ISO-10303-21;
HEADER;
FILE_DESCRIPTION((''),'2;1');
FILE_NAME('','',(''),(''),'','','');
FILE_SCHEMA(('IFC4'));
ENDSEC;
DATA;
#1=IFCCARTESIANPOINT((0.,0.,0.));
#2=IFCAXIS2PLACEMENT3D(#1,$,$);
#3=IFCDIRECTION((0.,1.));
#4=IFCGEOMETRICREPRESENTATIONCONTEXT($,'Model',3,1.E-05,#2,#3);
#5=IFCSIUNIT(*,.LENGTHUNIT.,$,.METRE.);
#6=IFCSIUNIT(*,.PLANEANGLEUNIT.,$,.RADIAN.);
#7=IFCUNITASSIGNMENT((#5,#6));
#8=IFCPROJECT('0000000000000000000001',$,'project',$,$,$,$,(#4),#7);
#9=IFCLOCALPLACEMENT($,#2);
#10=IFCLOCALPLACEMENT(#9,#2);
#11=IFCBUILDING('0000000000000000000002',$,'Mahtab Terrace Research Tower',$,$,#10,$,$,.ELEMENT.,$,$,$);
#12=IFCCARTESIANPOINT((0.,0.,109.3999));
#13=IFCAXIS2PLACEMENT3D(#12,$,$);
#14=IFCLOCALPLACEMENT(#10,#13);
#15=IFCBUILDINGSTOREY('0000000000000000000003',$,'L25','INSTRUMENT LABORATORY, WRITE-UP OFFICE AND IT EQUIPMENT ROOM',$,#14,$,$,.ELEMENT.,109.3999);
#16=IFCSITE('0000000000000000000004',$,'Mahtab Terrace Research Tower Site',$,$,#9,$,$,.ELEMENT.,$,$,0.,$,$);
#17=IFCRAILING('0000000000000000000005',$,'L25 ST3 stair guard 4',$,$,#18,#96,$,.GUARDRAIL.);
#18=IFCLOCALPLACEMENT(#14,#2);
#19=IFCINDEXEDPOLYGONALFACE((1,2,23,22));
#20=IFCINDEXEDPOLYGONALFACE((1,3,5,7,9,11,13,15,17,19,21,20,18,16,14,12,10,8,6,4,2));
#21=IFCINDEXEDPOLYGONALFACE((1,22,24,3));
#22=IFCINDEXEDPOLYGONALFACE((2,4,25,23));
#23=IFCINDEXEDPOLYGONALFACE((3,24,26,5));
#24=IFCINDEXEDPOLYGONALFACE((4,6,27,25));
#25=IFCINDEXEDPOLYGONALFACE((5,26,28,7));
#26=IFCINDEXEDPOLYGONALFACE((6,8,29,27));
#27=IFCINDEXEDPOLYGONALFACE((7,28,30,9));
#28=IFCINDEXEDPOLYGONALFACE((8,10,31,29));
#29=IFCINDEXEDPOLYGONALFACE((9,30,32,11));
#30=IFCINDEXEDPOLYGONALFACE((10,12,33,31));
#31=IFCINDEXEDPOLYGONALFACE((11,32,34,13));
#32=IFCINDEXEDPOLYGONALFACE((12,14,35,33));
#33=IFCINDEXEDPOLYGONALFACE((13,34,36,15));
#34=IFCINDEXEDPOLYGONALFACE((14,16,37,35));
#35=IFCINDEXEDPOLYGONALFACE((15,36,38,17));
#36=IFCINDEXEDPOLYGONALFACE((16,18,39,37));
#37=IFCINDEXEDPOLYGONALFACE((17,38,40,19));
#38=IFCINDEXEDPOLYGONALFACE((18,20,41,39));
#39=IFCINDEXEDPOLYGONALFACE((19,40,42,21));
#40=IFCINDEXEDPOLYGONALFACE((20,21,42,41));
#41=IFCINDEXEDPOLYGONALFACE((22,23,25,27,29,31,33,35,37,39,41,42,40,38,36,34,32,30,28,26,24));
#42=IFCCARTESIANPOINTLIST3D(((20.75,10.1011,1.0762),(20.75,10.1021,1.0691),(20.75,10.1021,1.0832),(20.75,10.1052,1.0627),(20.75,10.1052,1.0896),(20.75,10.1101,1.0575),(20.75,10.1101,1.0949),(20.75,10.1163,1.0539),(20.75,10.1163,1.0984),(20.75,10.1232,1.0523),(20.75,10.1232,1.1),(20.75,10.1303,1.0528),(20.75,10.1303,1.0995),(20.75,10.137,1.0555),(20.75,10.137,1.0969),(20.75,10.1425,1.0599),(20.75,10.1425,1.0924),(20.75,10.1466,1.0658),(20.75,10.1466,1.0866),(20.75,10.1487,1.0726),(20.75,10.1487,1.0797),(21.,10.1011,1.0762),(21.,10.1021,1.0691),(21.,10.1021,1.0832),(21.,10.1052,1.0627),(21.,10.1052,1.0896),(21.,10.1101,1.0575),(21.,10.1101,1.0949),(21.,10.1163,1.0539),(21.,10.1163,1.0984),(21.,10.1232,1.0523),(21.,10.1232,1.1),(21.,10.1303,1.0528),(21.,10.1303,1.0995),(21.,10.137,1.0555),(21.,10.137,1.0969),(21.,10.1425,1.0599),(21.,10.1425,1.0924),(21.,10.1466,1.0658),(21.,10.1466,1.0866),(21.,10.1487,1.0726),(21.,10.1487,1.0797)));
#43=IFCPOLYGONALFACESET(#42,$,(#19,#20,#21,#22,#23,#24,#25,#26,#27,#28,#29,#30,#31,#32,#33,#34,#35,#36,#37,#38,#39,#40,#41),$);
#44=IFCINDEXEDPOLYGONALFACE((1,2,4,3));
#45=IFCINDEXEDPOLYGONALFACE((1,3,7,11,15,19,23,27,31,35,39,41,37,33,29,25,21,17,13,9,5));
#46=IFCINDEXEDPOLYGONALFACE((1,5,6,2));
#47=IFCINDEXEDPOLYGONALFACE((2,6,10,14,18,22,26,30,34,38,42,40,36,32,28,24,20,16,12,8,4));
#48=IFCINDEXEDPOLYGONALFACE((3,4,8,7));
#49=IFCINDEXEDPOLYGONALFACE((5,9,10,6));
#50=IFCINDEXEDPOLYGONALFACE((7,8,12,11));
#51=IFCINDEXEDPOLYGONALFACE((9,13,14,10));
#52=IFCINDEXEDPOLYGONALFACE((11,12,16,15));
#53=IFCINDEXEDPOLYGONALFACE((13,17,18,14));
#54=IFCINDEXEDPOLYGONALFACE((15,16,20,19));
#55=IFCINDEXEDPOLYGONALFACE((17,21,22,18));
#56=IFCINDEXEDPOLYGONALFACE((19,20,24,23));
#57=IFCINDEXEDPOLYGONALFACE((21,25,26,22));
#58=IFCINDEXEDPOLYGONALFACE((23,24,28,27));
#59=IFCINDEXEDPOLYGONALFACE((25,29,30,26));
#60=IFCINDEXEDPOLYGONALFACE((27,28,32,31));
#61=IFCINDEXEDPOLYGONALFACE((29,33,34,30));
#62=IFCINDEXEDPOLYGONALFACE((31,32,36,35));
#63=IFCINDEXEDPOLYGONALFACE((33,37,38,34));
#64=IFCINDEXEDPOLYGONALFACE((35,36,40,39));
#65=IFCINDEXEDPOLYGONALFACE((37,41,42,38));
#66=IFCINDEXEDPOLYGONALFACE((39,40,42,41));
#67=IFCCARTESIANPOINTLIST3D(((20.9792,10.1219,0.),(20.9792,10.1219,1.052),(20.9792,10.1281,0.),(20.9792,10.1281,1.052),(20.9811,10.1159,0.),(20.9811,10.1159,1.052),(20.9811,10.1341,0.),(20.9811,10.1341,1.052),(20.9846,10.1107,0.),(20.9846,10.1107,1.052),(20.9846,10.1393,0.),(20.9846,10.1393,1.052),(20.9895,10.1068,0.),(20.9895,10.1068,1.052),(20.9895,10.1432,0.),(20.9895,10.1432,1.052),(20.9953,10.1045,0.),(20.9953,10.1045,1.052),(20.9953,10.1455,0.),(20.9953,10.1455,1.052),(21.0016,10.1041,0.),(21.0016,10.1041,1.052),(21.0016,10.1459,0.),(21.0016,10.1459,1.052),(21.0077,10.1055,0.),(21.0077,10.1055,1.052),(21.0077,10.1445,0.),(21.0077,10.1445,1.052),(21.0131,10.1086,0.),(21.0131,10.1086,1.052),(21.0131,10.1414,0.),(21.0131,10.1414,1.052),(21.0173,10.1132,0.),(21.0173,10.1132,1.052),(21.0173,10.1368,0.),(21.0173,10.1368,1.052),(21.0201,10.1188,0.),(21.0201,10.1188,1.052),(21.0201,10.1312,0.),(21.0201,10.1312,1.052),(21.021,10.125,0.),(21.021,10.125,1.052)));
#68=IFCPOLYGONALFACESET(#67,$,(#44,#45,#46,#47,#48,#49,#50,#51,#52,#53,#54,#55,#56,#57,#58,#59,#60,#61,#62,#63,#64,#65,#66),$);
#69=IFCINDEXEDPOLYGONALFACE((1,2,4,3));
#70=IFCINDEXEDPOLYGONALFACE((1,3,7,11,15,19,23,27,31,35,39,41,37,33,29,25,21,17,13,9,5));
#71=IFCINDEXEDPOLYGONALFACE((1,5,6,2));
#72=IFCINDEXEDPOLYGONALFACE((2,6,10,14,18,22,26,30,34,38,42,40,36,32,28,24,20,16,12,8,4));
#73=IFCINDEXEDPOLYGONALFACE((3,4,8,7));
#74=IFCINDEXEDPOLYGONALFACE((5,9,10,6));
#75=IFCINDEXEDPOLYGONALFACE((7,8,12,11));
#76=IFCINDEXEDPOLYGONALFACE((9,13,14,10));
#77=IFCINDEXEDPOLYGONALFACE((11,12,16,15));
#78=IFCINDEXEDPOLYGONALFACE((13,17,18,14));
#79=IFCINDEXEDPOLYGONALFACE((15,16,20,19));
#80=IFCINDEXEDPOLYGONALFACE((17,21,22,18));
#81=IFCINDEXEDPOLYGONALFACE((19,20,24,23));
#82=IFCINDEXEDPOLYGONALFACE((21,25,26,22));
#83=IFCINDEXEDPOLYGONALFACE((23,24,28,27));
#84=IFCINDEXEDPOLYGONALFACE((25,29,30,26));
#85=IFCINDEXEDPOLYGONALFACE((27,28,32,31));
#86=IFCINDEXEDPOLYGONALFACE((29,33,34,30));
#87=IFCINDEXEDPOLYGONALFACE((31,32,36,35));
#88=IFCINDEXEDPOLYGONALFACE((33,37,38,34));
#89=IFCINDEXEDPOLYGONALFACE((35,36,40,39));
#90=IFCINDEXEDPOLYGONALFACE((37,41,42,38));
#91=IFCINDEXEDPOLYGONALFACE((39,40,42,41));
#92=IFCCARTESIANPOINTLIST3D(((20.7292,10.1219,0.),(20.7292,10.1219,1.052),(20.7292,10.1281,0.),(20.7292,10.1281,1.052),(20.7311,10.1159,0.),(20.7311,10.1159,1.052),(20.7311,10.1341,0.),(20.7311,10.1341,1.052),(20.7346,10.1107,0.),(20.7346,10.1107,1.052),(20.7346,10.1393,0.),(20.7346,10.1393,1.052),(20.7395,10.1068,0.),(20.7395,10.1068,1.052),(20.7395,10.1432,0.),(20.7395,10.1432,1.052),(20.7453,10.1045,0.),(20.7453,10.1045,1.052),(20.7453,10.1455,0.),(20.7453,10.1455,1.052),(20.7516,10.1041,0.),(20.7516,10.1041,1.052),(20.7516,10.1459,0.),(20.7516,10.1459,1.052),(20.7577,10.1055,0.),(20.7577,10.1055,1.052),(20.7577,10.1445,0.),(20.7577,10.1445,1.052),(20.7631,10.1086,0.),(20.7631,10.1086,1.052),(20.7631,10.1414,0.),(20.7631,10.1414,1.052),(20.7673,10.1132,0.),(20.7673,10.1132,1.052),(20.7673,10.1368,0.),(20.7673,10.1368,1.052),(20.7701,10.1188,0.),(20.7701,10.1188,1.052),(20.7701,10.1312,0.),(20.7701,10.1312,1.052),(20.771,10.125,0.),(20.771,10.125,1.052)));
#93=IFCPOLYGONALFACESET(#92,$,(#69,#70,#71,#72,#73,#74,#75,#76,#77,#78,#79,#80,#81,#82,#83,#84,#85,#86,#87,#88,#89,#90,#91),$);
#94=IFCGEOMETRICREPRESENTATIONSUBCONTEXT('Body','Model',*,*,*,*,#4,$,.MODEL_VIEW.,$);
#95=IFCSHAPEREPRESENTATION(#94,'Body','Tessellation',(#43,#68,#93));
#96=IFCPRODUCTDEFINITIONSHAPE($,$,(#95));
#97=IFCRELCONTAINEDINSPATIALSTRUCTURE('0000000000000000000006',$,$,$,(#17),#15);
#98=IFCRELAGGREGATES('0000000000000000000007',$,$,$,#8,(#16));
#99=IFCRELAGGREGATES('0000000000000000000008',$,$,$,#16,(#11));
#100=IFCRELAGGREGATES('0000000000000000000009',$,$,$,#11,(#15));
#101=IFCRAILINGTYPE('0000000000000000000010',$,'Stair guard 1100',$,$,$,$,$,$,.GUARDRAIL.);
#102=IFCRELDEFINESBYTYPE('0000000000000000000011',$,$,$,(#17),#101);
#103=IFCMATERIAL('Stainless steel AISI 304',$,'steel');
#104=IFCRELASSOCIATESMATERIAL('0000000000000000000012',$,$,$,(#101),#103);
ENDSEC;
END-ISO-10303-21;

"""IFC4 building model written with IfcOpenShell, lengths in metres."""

from ifc_helpers import new_model, si_unit, direction, frame, origin, origin_2d, place, context, subcontext, project, spatial, circle, extrude, material, type_object, element, save


model = new_model("IFC4")

# Units and contexts
model_context = context("Model", 3, precision=1e-05, world=origin(), true_north=direction((0.0, 1.0)))
body_context = subcontext(model_context, "Body", "Model", "MODEL_VIEW")
ifc_project = project(units=[si_unit("LENGTHUNIT", "METRE"), si_unit("PLANEANGLEUNIT", "RADIAN")], contexts=[model_context])

# Site, building, storey
site_placement = place(None, origin())
site = spatial("IfcSite", under=ifc_project, at=site_placement, Name="Mahtab Terrace Research Tower Site", CompositionType="ELEMENT", RefElevation=0.0)
building_placement = place(site_placement, origin())
building = spatial("IfcBuilding", under=site, at=building_placement, Name="Mahtab Terrace Research Tower", CompositionType="ELEMENT")
storey_placement = place(building_placement, frame((0.0, 0.0, 109.3999)))
storey = spatial("IfcBuildingStorey", under=building, at=storey_placement, Name="L25", Description="INSTRUMENT LABORATORY, WRITE-UP OFFICE AND IT EQUIPMENT ROOM", CompositionType="ELEMENT", Elevation=109.3999)

# Shared definitions
ifc_material_1 = material(Name="Stainless steel AISI 304", Category="steel")

# Railing
railing_type_1 = type_object("IfcRailingType", Name="Stair guard 1100", PredefinedType="GUARDRAIL", material=ifc_material_1)
railing_1_placement = place(storey_placement, frame((21.0, 10.125, 0.0)))
element("IfcRailing", 1, at=railing_1_placement, inside=storey, type_object=railing_type_1, Name="L25 ST3 stair guard 4", PredefinedType="GUARDRAIL", context=body_context, shape_type="SweptSolid", body=[
    extrude(circle(Radius=0.0239, at=origin_2d()), frame((0.0, 0.0, 1.0762), z_axis=(-1.0, 0.0, 0.0), x_axis=(0.0, -1.0, 0.0)), (0.0, 0.0, 1.0), 0.25),
    extrude(circle(Radius=0.021, at=origin_2d()), origin(), (0.0, 0.0, 1.0), 1.052),
    extrude(circle(Radius=0.021, at=origin_2d()), frame((-0.25, 0.0, 0.0)), (0.0, 0.0, 1.0), 1.052),
])

save(model, "model.ifc")
